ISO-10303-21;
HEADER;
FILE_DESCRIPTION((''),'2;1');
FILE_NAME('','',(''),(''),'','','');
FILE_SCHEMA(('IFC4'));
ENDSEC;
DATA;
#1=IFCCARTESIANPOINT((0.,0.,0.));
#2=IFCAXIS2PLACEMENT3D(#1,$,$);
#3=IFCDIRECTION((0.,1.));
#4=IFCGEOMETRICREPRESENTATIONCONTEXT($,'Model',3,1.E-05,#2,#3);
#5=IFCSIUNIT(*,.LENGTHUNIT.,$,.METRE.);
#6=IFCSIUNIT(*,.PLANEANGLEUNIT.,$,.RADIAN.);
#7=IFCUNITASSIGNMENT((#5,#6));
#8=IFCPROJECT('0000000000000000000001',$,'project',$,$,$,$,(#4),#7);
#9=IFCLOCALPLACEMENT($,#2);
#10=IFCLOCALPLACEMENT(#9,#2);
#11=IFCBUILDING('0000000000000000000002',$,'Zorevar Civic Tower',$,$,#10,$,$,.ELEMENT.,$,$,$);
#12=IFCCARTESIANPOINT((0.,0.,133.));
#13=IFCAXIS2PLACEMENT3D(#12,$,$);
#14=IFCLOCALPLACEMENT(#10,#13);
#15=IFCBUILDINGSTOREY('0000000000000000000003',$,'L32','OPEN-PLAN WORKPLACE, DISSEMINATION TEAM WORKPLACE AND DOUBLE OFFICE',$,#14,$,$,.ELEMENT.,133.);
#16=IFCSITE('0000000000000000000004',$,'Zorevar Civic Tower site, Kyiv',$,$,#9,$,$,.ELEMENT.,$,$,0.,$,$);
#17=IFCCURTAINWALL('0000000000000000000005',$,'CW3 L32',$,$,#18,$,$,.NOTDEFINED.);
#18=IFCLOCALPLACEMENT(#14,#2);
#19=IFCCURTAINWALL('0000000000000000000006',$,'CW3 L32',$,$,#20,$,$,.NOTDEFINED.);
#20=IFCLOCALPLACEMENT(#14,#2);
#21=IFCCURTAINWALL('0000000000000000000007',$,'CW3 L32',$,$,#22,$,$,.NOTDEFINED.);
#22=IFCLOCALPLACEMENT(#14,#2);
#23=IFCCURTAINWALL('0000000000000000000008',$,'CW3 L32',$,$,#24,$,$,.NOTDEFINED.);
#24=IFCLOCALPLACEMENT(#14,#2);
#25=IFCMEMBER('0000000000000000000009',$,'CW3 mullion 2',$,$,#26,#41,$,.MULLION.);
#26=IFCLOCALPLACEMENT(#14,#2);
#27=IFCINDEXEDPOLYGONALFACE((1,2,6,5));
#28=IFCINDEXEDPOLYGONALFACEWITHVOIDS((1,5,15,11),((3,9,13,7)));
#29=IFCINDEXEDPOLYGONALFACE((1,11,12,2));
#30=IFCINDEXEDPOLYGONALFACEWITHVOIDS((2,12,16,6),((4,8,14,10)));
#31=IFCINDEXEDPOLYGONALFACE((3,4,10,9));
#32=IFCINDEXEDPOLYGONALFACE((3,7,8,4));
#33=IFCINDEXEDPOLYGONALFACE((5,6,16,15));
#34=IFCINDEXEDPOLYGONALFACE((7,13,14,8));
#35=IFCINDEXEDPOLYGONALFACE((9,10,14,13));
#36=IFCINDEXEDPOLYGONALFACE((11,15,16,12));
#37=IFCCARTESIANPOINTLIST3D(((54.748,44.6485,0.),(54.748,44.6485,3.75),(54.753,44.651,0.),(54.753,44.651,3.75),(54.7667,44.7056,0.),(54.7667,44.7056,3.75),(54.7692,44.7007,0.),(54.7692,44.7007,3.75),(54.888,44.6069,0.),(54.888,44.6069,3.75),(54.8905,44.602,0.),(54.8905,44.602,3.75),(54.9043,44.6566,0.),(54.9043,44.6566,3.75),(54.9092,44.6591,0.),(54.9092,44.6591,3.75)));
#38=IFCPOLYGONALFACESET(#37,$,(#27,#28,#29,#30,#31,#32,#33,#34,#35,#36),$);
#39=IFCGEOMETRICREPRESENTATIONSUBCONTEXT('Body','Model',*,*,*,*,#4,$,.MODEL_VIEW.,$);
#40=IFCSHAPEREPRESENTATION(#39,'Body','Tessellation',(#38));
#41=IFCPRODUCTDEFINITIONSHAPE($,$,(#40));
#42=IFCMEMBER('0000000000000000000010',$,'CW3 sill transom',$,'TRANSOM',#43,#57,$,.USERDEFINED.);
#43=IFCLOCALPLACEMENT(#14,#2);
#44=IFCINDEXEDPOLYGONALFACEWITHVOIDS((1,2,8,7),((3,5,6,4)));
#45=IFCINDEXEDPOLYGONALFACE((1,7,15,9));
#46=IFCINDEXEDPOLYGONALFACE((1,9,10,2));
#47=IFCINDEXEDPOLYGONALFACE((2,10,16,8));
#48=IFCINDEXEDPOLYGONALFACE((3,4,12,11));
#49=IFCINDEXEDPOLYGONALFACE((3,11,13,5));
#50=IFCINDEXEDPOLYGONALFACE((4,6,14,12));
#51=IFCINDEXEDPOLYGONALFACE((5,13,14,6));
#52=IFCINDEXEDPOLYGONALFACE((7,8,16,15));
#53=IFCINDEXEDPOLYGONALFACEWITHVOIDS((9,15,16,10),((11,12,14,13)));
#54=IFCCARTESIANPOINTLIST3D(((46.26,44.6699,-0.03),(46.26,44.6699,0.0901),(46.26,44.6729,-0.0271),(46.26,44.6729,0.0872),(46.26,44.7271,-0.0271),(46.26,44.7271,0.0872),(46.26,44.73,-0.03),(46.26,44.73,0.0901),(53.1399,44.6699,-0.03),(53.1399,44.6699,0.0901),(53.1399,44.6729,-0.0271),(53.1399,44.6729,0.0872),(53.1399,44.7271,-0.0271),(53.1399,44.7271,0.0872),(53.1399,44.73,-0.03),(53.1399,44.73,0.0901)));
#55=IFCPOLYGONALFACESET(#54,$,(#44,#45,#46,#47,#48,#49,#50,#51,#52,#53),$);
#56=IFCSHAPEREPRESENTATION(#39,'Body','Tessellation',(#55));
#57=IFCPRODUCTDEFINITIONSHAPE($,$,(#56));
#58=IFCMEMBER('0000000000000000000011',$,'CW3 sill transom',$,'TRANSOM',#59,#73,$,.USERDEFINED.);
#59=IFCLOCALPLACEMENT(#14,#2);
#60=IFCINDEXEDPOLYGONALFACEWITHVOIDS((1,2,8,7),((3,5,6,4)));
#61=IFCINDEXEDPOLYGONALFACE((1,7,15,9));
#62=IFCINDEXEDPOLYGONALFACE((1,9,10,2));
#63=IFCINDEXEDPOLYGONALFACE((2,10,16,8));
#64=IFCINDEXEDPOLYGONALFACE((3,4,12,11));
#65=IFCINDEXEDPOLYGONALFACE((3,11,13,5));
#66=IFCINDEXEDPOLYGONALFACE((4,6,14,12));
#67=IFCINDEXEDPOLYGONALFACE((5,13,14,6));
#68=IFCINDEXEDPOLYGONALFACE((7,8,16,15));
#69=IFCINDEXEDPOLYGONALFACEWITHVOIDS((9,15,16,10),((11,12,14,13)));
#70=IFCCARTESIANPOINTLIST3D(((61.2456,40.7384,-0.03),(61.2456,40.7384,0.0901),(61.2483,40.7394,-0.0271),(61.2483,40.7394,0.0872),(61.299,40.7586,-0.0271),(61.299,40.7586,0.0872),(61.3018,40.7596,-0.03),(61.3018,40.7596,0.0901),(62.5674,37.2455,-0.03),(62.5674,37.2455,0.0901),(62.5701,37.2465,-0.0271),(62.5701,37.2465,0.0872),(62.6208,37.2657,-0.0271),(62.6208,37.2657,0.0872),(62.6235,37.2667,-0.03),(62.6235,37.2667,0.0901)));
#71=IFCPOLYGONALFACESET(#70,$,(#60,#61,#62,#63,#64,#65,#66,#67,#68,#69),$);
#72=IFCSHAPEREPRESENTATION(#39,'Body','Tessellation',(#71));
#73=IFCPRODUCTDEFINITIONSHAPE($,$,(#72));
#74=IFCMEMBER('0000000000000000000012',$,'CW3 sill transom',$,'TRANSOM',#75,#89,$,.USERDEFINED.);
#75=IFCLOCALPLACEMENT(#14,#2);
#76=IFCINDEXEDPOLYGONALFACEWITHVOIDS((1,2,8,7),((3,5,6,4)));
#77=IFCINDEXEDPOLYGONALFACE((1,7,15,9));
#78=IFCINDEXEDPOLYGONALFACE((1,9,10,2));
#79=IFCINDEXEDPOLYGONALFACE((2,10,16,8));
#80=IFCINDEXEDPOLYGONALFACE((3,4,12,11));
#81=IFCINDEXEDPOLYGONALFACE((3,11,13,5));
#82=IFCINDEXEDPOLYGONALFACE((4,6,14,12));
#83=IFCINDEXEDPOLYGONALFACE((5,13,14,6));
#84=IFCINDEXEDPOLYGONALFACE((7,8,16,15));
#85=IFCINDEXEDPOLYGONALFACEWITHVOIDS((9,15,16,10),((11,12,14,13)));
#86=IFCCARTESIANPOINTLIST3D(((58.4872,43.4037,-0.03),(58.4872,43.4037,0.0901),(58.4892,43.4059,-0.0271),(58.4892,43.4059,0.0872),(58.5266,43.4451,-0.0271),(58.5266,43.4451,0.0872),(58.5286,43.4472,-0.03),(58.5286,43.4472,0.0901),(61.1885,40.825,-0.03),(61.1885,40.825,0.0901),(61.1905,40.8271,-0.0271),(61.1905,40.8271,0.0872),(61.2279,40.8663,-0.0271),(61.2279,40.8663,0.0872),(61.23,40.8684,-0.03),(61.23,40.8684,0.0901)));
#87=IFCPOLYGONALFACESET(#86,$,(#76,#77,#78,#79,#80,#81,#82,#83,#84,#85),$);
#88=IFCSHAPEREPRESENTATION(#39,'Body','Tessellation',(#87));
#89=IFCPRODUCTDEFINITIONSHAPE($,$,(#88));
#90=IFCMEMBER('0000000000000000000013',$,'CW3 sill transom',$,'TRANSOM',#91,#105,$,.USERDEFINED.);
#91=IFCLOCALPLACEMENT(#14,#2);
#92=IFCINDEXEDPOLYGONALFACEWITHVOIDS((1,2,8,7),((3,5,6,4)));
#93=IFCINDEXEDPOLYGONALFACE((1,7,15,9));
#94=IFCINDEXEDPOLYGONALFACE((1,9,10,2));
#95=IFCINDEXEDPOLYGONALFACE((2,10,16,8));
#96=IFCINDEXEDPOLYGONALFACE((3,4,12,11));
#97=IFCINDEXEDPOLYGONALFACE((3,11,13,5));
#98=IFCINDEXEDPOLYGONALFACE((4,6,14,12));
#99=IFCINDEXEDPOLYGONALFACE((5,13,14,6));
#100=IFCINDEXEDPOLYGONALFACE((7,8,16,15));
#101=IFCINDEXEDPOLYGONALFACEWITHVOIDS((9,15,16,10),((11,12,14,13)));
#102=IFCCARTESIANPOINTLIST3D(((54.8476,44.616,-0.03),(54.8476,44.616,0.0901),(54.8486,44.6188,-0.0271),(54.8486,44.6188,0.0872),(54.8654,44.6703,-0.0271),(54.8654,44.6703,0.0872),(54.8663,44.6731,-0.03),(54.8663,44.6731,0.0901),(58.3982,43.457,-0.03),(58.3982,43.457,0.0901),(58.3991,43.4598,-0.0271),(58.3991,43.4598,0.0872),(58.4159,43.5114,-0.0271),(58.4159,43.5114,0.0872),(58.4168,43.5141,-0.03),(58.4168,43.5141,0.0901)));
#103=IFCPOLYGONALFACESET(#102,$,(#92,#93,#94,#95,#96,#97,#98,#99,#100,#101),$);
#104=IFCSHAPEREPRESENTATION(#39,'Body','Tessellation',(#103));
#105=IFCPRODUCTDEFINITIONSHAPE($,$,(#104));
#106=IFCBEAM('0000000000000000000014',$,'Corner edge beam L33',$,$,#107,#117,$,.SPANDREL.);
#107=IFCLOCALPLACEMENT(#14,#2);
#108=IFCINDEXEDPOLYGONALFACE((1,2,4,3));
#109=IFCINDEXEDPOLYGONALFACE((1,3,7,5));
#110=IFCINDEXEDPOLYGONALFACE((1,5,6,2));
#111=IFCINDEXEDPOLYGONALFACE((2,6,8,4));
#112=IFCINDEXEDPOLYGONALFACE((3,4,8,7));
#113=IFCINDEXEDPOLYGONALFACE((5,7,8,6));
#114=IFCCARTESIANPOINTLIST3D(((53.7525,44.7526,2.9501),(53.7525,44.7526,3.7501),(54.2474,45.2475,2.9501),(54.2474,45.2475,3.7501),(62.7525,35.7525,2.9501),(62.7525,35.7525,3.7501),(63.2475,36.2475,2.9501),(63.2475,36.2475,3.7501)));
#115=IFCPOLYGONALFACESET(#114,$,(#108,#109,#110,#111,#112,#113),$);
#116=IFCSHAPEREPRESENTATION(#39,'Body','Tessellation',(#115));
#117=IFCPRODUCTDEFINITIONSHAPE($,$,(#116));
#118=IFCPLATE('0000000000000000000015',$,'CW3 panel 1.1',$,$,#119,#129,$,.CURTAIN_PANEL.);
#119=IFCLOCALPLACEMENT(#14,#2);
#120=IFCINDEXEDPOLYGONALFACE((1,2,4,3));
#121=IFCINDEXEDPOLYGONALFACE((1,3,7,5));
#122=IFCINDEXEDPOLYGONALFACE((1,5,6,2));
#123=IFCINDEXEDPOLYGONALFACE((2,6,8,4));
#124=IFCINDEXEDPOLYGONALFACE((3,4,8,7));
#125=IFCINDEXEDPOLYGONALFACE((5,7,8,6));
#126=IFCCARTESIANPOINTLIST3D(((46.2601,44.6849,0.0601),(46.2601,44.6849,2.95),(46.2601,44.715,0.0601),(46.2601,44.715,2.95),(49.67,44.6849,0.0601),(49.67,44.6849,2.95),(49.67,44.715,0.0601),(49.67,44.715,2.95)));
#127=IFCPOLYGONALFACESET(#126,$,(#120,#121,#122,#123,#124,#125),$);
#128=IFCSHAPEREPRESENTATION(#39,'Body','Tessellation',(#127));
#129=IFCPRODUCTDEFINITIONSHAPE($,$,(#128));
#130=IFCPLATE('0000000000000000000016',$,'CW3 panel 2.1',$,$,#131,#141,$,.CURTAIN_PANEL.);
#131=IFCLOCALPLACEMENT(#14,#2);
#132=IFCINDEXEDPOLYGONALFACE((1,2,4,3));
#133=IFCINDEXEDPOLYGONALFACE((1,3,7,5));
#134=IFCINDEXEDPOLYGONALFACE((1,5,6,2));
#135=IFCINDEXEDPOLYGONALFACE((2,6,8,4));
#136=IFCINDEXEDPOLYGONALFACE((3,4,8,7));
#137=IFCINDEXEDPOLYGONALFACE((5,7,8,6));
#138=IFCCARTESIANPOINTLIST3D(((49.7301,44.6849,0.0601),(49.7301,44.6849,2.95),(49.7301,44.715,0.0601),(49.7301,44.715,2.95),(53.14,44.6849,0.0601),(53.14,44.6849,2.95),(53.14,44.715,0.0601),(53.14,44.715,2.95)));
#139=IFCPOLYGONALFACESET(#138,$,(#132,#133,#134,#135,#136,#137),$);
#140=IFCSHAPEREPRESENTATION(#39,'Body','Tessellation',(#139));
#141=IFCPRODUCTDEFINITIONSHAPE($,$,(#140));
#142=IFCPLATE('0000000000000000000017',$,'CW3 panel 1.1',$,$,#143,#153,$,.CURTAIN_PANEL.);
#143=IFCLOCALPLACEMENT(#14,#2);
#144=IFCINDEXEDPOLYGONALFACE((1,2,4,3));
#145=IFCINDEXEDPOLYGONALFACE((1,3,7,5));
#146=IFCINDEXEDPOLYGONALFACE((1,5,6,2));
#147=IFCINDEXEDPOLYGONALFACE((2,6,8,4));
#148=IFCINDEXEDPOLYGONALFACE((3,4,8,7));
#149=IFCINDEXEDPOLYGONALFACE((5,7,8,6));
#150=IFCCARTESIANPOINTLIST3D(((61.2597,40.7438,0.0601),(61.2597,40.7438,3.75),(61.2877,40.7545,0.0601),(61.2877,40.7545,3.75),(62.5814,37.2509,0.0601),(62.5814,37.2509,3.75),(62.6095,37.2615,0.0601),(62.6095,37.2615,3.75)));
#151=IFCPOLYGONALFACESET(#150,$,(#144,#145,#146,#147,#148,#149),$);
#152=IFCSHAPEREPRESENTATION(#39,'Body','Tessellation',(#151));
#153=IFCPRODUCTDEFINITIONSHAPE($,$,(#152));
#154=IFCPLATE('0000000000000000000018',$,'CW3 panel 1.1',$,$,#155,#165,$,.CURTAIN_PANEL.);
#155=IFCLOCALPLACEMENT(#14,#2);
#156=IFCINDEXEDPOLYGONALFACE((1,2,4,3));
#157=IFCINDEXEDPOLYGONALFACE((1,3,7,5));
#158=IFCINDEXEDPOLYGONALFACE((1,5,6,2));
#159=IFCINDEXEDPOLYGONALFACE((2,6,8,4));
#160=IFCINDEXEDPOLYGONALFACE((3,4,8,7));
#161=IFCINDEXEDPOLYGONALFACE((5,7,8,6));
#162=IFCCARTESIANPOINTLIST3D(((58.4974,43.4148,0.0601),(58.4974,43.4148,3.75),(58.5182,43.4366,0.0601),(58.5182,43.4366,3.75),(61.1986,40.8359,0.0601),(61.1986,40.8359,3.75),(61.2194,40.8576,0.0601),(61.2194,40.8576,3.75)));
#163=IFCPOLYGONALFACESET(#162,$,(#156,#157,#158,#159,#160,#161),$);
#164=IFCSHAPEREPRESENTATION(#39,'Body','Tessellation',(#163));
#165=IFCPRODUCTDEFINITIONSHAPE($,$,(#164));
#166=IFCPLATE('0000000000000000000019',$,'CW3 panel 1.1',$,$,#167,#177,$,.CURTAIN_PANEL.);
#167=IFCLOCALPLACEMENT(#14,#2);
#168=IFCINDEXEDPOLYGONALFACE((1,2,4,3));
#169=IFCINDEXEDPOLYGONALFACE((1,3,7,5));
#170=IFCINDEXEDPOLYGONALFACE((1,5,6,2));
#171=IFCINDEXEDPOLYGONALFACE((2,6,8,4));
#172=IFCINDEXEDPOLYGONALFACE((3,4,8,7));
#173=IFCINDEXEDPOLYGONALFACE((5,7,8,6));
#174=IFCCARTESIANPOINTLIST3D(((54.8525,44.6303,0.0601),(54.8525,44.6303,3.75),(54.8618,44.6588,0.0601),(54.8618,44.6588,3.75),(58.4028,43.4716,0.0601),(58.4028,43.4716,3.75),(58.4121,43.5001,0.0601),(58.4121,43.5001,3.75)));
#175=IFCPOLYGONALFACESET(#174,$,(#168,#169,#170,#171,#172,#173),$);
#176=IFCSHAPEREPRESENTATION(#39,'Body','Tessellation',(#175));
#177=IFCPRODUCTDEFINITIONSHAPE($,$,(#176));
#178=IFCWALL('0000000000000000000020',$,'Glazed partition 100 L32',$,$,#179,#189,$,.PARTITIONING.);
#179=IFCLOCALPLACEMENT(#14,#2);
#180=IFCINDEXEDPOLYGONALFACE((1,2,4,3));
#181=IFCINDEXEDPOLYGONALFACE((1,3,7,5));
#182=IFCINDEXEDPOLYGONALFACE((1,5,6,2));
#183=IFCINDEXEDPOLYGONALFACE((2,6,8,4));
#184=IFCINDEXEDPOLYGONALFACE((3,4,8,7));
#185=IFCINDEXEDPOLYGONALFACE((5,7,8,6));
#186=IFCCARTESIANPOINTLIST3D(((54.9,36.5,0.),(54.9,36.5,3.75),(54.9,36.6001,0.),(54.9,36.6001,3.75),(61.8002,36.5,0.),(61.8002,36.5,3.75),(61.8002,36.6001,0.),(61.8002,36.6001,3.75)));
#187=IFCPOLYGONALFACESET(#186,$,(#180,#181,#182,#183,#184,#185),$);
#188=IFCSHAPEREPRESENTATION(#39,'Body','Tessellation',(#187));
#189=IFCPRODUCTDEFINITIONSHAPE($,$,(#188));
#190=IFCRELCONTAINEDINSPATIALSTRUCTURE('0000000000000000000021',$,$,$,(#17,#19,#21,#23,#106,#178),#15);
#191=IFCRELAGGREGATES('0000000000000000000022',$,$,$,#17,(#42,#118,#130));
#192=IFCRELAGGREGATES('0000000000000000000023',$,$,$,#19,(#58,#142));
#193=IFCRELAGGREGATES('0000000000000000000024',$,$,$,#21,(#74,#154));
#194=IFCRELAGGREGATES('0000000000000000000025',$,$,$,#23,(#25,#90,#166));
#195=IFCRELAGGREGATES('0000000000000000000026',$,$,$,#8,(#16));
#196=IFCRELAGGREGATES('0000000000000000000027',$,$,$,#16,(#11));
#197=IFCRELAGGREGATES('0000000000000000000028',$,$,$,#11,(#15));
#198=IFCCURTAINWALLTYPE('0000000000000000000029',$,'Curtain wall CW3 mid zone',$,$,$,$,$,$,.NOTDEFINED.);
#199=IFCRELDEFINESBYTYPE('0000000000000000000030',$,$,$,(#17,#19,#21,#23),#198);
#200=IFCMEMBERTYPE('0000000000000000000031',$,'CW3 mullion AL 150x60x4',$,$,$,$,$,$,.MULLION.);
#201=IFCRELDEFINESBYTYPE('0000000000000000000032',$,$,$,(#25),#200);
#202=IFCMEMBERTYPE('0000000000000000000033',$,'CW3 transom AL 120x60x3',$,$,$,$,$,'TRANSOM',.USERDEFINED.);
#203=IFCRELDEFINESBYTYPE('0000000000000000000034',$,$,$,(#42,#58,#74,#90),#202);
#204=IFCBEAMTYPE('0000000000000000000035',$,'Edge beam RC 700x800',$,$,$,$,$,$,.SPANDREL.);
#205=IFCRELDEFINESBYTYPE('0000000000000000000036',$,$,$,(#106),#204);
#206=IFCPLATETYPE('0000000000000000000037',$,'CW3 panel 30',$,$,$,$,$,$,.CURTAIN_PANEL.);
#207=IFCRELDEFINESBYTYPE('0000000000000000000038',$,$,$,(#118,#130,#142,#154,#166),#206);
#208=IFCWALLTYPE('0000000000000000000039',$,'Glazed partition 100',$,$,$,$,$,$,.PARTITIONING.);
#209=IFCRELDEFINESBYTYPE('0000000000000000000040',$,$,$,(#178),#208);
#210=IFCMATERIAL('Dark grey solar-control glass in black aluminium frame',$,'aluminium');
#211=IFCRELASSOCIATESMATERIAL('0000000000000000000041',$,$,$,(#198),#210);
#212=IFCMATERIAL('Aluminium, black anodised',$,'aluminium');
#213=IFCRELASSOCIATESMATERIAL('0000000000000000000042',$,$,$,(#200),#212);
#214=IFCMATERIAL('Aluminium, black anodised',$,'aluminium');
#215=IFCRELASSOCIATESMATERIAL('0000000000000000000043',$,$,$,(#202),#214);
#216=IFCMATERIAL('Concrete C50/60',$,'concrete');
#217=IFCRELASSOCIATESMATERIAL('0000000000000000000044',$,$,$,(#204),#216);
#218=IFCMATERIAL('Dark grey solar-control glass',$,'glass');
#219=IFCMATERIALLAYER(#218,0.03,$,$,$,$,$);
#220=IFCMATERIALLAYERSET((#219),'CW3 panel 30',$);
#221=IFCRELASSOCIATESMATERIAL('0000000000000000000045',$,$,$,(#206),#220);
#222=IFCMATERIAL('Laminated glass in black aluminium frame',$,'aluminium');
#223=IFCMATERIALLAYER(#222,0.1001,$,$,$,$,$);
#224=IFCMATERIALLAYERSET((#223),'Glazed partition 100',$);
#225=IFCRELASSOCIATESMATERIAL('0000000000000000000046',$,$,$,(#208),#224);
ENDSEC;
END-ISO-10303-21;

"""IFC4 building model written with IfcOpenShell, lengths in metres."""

from ifc_helpers import new_model, si_unit, direction, frame, frame_2d, origin, origin_2d, place, context, subcontext, project, spatial, rectangle, hollow_rectangle, extrude, material, layer, layer_set, material_profile, profile_set, type_object, element, aggregate, save


model = new_model("IFC4")

# Units and contexts
model_context = context("Model", 3, precision=1e-05, world=origin(), true_north=direction((0.0, 1.0)))
body_context = subcontext(model_context, "Body", "Model", "MODEL_VIEW")
ifc_project = project(units=[si_unit("LENGTHUNIT", "METRE"), si_unit("PLANEANGLEUNIT", "RADIAN")], contexts=[model_context])

# Site, building, storey
site_placement = place(None, origin())
site = spatial("IfcSite", under=ifc_project, at=site_placement, Name="Zorevar Civic Tower site, Kyiv", CompositionType="ELEMENT", RefElevation=0.0)
building_placement = place(site_placement, origin())
building = spatial("IfcBuilding", under=site, at=building_placement, Name="Zorevar Civic Tower", CompositionType="ELEMENT")
storey_placement = place(building_placement, frame((0.0, 0.0, 133.0)))
storey = spatial("IfcBuildingStorey", under=building, at=storey_placement, Name="L32", Description="OPEN-PLAN WORKPLACE, DISSEMINATION TEAM WORKPLACE AND DOUBLE OFFICE", CompositionType="ELEMENT", Elevation=133.0)

# Curtain walls, member
ifc_material_1 = material(Name="Dark grey solar-control glass in black aluminium frame", Category="aluminium")
curtain_wall_type = type_object("IfcCurtainWallType", Name="Curtain wall CW3 mid zone", PredefinedType="NOTDEFINED", material=ifc_material_1)
curtain_wall_1_placement = place(storey_placement, origin())
curtain_wall_1 = element("IfcCurtainWall", 1, at=curtain_wall_1_placement, inside=storey, type_object=curtain_wall_type, Name="CW3 L32", PredefinedType="NOTDEFINED")
ifc_material_2 = material(Name="Aluminium, black anodised", Category="aluminium")
ifc_material_profile_1 = material_profile(ifc_material_2, hollow_rectangle(XDim=0.0601, YDim=0.1499, WallThickness=0.0039, at=origin_2d()), Name="AL 150x60x4")
ifc_profile_set_1 = profile_set([ifc_material_profile_1], Name="Aluminium, black anodised")
member_type_1 = type_object("IfcMemberType", Name="CW3 mullion AL 150x60x4", PredefinedType="MULLION", material=ifc_profile_set_1)
curtain_wall_2_placement = place(storey_placement, origin())
curtain_wall_2 = element("IfcCurtainWall", 2, at=curtain_wall_2_placement, inside=storey, type_object=curtain_wall_type, Name="CW3 L32", PredefinedType="NOTDEFINED")
curtain_wall_3_placement = place(storey_placement, origin())
curtain_wall_3 = element("IfcCurtainWall", 3, at=curtain_wall_3_placement, inside=storey, type_object=curtain_wall_type, Name="CW3 L32", PredefinedType="NOTDEFINED")
curtain_wall_4_placement = place(storey_placement, origin())
curtain_wall_4 = element("IfcCurtainWall", 4, at=curtain_wall_4_placement, inside=storey, type_object=curtain_wall_type, Name="CW3 L32", PredefinedType="NOTDEFINED")
member_1_placement = place(storey_placement, frame((54.8286, 44.6538, 0.0), z_axis=(0.0, 0.0, 1.0), x_axis=(-0.310263, -0.950651, 0.0)))
member_1 = element("IfcMember", 5, at=member_1_placement, type_object=member_type_1, Name="CW3 mullion 2", PredefinedType="MULLION", context=body_context, shape_type="SweptSolid", body=[
    extrude(hollow_rectangle(XDim=0.0601, YDim=0.1499, WallThickness=0.0039, at=origin_2d()), origin(), (0.0, 0.0, 1.0), 3.75),
])

# Members
ifc_material_3 = material(Name="Aluminium, black anodised", Category="aluminium")
ifc_material_profile_2 = material_profile(ifc_material_3, hollow_rectangle(XDim=0.0601, YDim=0.1201, WallThickness=0.0029, at=origin_2d()), Name="AL 120x60x3")
ifc_profile_set_2 = profile_set([ifc_material_profile_2], Name="Aluminium, black anodised")
member_type_2 = type_object("IfcMemberType", Name="CW3 transom AL 120x60x3", ElementType="TRANSOM", PredefinedType="USERDEFINED", material=ifc_profile_set_2)
member_2_placement = place(storey_placement, frame((46.26, 44.7, 0.03), z_axis=(1.0, 0.0, 0.0), x_axis=(0.0, 1.0, 0.0)))
member_2 = element("IfcMember", 6, at=member_2_placement, type_object=member_type_2, Name="CW3 sill transom", ObjectType="TRANSOM", PredefinedType="USERDEFINED", context=body_context, shape_type="SweptSolid", body=[
    extrude(hollow_rectangle(XDim=0.0601, YDim=0.1201, WallThickness=0.0029, at=origin_2d()), origin(), (0.0, 0.0, 1.0), 6.8799),
])
member_3_placement = place(storey_placement, frame((62.5955, 37.2561, 0.03), z_axis=(-0.353923, 0.935275, 0.0), x_axis=(-0.935275, -0.353923, 0.0)))
member_3 = element("IfcMember", 7, at=member_3_placement, type_object=member_type_2, Name="CW3 sill transom", ObjectType="TRANSOM", PredefinedType="USERDEFINED", context=body_context, shape_type="SweptSolid", body=[
    extrude(hollow_rectangle(XDim=0.0601, YDim=0.1201, WallThickness=0.0029, at=origin_2d()), origin(), (0.0, 0.0, 1.0), 3.7346),
])
member_4_placement = place(storey_placement, frame((61.2092, 40.8467, 0.03), z_axis=(-0.723324, 0.690508, 0.0), x_axis=(-0.690508, -0.723324, 0.0)))
member_4 = element("IfcMember", 8, at=member_4_placement, type_object=member_type_2, Name="CW3 sill transom", ObjectType="TRANSOM", PredefinedType="USERDEFINED", context=body_context, shape_type="SweptSolid", body=[
    extrude(hollow_rectangle(XDim=0.0601, YDim=0.1201, WallThickness=0.0029, at=origin_2d()), origin(), (0.0, 0.0, 1.0), 3.7346),
])
member_5_placement = place(storey_placement, frame((58.4075, 43.4856, 0.03), z_axis=(-0.950639, 0.310299, 0.0), x_axis=(-0.310299, -0.950639, 0.0)))
member_5 = element("IfcMember", 9, at=member_5_placement, type_object=member_type_2, Name="CW3 sill transom", ObjectType="TRANSOM", PredefinedType="USERDEFINED", context=body_context, shape_type="SweptSolid", body=[
    extrude(hollow_rectangle(XDim=0.0601, YDim=0.1201, WallThickness=0.0029, at=origin_2d()), origin(), (0.0, 0.0, 1.0), 3.7349),
])

# Beam
ifc_material_4 = material(Name="Concrete C50/60", Category="concrete")
ifc_material_profile_3 = material_profile(ifc_material_4, rectangle(XDim=0.7, YDim=0.8, at=origin_2d()), Name="RC 700x800")
ifc_profile_set_3 = profile_set([ifc_material_profile_3], Name="Concrete C50/60")
beam_type_1 = type_object("IfcBeamType", Name="Edge beam RC 700x800", PredefinedType="SPANDREL", material=ifc_profile_set_3)
beam_1_placement = place(storey_placement, frame((63.0, 36.0, 3.3501), z_axis=(-0.707107, 0.707107, 0.0), x_axis=(-0.707107, -0.707107, 0.0)))
element("IfcBeam", 10, at=beam_1_placement, inside=storey, type_object=beam_type_1, Name="Corner edge beam L33", PredefinedType="SPANDREL", context=body_context, shape_type="SweptSolid", body=[
    extrude(rectangle(XDim=0.7, YDim=0.8, at=origin_2d()), origin(), (0.0, 0.0, 1.0), 12.728),
])

# Plates
ifc_material_5 = material(Name="Dark grey solar-control glass", Category="glass")
ifc_layer_1 = layer(ifc_material_5, 0.03)
ifc_layer_set_1 = layer_set([ifc_layer_1], Name="CW3 panel 30")
plate_type = type_object("IfcPlateType", Name="CW3 panel 30", PredefinedType="CURTAIN_PANEL", material=ifc_layer_set_1)
plate_1_placement = place(storey_placement, frame((47.9651, 44.7, 0.0601), z_axis=(0.0, 0.0, 1.0), x_axis=(1.0, 0.0, 0.0)))
plate_1 = element("IfcPlate", 11, at=plate_1_placement, type_object=plate_type, Name="CW3 panel 1.1", PredefinedType="CURTAIN_PANEL", context=body_context, shape_type="SweptSolid", body=[
    extrude(rectangle(XDim=3.4099, YDim=0.03, at=origin_2d()), origin(), (0.0, 0.0, 1.0), 2.8899),
])
plate_2_placement = place(storey_placement, frame((51.4351, 44.7, 0.0601), z_axis=(0.0, 0.0, 1.0), x_axis=(1.0, 0.0, 0.0)))
plate_2 = element("IfcPlate", 12, at=plate_2_placement, type_object=plate_type, Name="CW3 panel 2.1", PredefinedType="CURTAIN_PANEL", context=body_context, shape_type="SweptSolid", body=[
    extrude(rectangle(XDim=3.4099, YDim=0.03, at=origin_2d()), origin(), (0.0, 0.0, 1.0), 2.8899),
])
aggregate(curtain_wall_1, [member_2, plate_1, plate_2])
plate_3_placement = place(storey_placement, frame((61.9346, 39.0027, 0.0601), z_axis=(0.0, 0.0, 1.0), x_axis=(-0.353918, 0.935277, 0.0)))
plate_3 = element("IfcPlate", 13, at=plate_3_placement, type_object=plate_type, Name="CW3 panel 1.1", PredefinedType="CURTAIN_PANEL", context=body_context, shape_type="SweptSolid", body=[
    extrude(rectangle(XDim=3.7346, YDim=0.03, at=origin_2d()), origin(), (0.0, 0.0, 1.0), 3.6899),
])
aggregate(curtain_wall_2, [member_3, plate_3])
plate_4_placement = place(storey_placement, frame((59.8584, 42.1362, 0.0601), z_axis=(0.0, 0.0, 1.0), x_axis=(-0.723289, 0.690545, 0.0)))
plate_4 = element("IfcPlate", 14, at=plate_4_placement, type_object=plate_type, Name="CW3 panel 1.1", PredefinedType="CURTAIN_PANEL", context=body_context, shape_type="SweptSolid", body=[
    extrude(rectangle(XDim=3.7346, YDim=0.03, at=origin_2d()), origin(), (0.0, 0.0, 1.0), 3.6899),
])
aggregate(curtain_wall_3, [member_4, plate_4])
plate_5_placement = place(storey_placement, frame((56.6323, 44.0652, 0.0601), z_axis=(0.0, 0.0, 1.0), x_axis=(-0.950651, 0.310263, 0.0)))
plate_5 = element("IfcPlate", 15, at=plate_5_placement, type_object=plate_type, Name="CW3 panel 1.1", PredefinedType="CURTAIN_PANEL", context=body_context, shape_type="SweptSolid", body=[
    extrude(rectangle(XDim=3.7346, YDim=0.03, at=origin_2d()), origin(), (0.0, 0.0, 1.0), 3.6899),
])
aggregate(curtain_wall_4, [member_1, member_5, plate_5])

# Wall
ifc_material_6 = material(Name="Laminated glass in black aluminium frame", Category="aluminium")
ifc_layer_2 = layer(ifc_material_6, 0.1001)
ifc_layer_set_2 = layer_set([ifc_layer_2], Name="Glazed partition 100")
wall_type_1 = type_object("IfcWallType", Name="Glazed partition 100", PredefinedType="PARTITIONING", material=ifc_layer_set_2)
wall_1_placement = place(storey_placement, frame((54.8999, 36.55, 0.0), z_axis=(0.0, 0.0, 1.0), x_axis=(1.0, 0.0, 0.0)))
element("IfcWall", 16, at=wall_1_placement, inside=storey, type_object=wall_type_1, Name="Glazed partition 100 L32", PredefinedType="PARTITIONING", context=body_context, shape_type="SweptSolid", body=[
    extrude(rectangle(XDim=6.9001, YDim=0.1001, at=frame_2d((3.4502, 0.0))), origin(), (0.0, 0.0, 1.0), 3.75),
])

save(model, "model.ifc")
